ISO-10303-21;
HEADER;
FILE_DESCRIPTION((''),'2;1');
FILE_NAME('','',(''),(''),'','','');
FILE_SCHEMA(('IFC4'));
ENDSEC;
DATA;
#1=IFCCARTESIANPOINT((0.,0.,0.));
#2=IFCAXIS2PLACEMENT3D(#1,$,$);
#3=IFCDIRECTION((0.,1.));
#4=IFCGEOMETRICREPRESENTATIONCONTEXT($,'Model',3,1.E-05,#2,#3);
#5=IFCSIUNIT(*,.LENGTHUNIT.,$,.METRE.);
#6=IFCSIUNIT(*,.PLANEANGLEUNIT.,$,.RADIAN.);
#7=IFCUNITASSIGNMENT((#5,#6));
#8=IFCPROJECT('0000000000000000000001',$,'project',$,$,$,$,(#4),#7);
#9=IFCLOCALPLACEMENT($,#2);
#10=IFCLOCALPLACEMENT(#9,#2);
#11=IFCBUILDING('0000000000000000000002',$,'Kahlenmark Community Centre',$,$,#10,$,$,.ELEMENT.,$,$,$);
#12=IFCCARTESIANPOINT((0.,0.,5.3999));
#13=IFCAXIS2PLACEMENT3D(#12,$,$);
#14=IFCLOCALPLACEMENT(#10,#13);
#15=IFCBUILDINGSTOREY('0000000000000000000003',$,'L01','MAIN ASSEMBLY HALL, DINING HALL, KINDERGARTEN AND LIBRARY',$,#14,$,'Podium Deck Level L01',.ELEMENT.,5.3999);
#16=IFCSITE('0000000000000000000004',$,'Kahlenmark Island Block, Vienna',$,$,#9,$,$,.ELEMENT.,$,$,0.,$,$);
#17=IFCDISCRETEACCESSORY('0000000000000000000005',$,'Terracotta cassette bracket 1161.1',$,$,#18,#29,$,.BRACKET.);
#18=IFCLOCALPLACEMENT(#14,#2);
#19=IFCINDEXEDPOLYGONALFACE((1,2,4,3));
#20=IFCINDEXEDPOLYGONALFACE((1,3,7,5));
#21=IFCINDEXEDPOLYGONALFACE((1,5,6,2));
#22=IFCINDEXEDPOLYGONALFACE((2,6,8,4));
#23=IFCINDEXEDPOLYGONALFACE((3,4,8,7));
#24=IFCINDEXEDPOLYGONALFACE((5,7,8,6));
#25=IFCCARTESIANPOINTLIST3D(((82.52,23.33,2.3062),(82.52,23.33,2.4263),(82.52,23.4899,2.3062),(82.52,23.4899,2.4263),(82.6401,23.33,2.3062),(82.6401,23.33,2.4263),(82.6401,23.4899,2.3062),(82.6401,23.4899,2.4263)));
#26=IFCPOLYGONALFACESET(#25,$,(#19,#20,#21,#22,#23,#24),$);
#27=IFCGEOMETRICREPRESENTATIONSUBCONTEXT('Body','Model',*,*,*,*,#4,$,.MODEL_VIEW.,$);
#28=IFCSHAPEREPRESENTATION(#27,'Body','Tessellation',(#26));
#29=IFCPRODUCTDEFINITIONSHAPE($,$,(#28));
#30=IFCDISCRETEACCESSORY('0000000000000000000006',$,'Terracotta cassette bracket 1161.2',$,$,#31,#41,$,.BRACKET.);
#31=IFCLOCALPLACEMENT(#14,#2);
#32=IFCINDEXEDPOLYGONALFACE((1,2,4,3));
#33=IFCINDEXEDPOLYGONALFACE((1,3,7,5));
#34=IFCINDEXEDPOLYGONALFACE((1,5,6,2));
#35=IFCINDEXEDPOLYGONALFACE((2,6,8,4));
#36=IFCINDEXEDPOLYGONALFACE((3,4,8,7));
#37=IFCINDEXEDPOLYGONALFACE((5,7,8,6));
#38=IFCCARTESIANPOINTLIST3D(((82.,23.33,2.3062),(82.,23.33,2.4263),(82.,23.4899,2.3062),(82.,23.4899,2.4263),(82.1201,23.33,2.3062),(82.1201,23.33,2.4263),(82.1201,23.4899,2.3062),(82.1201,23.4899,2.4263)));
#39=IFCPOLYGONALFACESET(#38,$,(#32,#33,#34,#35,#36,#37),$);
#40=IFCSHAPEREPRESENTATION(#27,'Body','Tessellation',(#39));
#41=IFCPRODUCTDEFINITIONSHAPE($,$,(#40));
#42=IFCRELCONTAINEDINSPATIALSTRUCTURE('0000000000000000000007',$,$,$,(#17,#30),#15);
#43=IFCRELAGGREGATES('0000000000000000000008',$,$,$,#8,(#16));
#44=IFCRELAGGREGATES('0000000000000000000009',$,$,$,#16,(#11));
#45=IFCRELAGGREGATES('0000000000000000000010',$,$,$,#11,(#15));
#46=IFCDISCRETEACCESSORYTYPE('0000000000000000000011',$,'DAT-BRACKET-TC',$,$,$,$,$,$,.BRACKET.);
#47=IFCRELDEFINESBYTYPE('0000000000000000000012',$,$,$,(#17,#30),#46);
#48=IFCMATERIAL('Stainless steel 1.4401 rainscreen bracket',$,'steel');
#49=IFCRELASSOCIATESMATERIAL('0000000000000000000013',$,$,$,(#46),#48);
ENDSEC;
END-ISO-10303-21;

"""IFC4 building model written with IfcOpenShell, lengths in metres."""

from ifc_helpers import new_model, si_unit, direction, frame, origin, origin_2d, place, context, subcontext, project, spatial, rectangle, extrude, material, type_object, element, save


model = new_model("IFC4")

# Units and contexts
model_context = context("Model", 3, precision=1e-05, world=origin(), true_north=direction((0.0, 1.0)))
body_context = subcontext(model_context, "Body", "Model", "MODEL_VIEW")
ifc_project = project(units=[si_unit("LENGTHUNIT", "METRE"), si_unit("PLANEANGLEUNIT", "RADIAN")], contexts=[model_context])

# Site, building, storey
site_placement = place(None, origin())
site = spatial("IfcSite", under=ifc_project, at=site_placement, Name="Kahlenmark Island Block, Vienna", CompositionType="ELEMENT", RefElevation=0.0)
building_placement = place(site_placement, origin())
building = spatial("IfcBuilding", under=site, at=building_placement, Name="Kahlenmark Community Centre", CompositionType="ELEMENT")
storey_placement = place(building_placement, frame((0.0, 0.0, 5.3999)))
storey = spatial("IfcBuildingStorey", under=building, at=storey_placement, Name="L01", Description="MAIN ASSEMBLY HALL, DINING HALL, KINDERGARTEN AND LIBRARY", LongName="Podium Deck Level L01", CompositionType="ELEMENT", Elevation=5.3999)

# Discrete accessories
ifc_material_1 = material(Name="Stainless steel 1.4401 rainscreen bracket", Category="steel")
discrete_accessory_type = type_object("IfcDiscreteAccessoryType", Name="DAT-BRACKET-TC", PredefinedType="BRACKET", material=ifc_material_1)
for number, where, z_axis, x_axis, name in (
    (1, (82.5801, 23.4099, 2.3062), (0.0, 0.0, 1.0), (-1.0, 0.0, 0.0), "Terracotta cassette bracket 1161.1"),
    (2, (82.0601, 23.4099, 2.3062), (0.0, 0.0, 1.0), (-1.0, 0.0, 0.0), "Terracotta cassette bracket 1161.2"),
):
    element("IfcDiscreteAccessory", number, at=place(storey_placement, frame(where, z_axis=z_axis, x_axis=x_axis)), inside=storey, type_object=discrete_accessory_type, Name=name, PredefinedType="BRACKET", context=body_context, shape_type="SweptSolid", body=[
        extrude(rectangle(XDim=0.1201, YDim=0.1599, at=origin_2d()), origin(), (0.0, 0.0, 1.0), 0.1201),
    ])

save(model, "model.ifc")
